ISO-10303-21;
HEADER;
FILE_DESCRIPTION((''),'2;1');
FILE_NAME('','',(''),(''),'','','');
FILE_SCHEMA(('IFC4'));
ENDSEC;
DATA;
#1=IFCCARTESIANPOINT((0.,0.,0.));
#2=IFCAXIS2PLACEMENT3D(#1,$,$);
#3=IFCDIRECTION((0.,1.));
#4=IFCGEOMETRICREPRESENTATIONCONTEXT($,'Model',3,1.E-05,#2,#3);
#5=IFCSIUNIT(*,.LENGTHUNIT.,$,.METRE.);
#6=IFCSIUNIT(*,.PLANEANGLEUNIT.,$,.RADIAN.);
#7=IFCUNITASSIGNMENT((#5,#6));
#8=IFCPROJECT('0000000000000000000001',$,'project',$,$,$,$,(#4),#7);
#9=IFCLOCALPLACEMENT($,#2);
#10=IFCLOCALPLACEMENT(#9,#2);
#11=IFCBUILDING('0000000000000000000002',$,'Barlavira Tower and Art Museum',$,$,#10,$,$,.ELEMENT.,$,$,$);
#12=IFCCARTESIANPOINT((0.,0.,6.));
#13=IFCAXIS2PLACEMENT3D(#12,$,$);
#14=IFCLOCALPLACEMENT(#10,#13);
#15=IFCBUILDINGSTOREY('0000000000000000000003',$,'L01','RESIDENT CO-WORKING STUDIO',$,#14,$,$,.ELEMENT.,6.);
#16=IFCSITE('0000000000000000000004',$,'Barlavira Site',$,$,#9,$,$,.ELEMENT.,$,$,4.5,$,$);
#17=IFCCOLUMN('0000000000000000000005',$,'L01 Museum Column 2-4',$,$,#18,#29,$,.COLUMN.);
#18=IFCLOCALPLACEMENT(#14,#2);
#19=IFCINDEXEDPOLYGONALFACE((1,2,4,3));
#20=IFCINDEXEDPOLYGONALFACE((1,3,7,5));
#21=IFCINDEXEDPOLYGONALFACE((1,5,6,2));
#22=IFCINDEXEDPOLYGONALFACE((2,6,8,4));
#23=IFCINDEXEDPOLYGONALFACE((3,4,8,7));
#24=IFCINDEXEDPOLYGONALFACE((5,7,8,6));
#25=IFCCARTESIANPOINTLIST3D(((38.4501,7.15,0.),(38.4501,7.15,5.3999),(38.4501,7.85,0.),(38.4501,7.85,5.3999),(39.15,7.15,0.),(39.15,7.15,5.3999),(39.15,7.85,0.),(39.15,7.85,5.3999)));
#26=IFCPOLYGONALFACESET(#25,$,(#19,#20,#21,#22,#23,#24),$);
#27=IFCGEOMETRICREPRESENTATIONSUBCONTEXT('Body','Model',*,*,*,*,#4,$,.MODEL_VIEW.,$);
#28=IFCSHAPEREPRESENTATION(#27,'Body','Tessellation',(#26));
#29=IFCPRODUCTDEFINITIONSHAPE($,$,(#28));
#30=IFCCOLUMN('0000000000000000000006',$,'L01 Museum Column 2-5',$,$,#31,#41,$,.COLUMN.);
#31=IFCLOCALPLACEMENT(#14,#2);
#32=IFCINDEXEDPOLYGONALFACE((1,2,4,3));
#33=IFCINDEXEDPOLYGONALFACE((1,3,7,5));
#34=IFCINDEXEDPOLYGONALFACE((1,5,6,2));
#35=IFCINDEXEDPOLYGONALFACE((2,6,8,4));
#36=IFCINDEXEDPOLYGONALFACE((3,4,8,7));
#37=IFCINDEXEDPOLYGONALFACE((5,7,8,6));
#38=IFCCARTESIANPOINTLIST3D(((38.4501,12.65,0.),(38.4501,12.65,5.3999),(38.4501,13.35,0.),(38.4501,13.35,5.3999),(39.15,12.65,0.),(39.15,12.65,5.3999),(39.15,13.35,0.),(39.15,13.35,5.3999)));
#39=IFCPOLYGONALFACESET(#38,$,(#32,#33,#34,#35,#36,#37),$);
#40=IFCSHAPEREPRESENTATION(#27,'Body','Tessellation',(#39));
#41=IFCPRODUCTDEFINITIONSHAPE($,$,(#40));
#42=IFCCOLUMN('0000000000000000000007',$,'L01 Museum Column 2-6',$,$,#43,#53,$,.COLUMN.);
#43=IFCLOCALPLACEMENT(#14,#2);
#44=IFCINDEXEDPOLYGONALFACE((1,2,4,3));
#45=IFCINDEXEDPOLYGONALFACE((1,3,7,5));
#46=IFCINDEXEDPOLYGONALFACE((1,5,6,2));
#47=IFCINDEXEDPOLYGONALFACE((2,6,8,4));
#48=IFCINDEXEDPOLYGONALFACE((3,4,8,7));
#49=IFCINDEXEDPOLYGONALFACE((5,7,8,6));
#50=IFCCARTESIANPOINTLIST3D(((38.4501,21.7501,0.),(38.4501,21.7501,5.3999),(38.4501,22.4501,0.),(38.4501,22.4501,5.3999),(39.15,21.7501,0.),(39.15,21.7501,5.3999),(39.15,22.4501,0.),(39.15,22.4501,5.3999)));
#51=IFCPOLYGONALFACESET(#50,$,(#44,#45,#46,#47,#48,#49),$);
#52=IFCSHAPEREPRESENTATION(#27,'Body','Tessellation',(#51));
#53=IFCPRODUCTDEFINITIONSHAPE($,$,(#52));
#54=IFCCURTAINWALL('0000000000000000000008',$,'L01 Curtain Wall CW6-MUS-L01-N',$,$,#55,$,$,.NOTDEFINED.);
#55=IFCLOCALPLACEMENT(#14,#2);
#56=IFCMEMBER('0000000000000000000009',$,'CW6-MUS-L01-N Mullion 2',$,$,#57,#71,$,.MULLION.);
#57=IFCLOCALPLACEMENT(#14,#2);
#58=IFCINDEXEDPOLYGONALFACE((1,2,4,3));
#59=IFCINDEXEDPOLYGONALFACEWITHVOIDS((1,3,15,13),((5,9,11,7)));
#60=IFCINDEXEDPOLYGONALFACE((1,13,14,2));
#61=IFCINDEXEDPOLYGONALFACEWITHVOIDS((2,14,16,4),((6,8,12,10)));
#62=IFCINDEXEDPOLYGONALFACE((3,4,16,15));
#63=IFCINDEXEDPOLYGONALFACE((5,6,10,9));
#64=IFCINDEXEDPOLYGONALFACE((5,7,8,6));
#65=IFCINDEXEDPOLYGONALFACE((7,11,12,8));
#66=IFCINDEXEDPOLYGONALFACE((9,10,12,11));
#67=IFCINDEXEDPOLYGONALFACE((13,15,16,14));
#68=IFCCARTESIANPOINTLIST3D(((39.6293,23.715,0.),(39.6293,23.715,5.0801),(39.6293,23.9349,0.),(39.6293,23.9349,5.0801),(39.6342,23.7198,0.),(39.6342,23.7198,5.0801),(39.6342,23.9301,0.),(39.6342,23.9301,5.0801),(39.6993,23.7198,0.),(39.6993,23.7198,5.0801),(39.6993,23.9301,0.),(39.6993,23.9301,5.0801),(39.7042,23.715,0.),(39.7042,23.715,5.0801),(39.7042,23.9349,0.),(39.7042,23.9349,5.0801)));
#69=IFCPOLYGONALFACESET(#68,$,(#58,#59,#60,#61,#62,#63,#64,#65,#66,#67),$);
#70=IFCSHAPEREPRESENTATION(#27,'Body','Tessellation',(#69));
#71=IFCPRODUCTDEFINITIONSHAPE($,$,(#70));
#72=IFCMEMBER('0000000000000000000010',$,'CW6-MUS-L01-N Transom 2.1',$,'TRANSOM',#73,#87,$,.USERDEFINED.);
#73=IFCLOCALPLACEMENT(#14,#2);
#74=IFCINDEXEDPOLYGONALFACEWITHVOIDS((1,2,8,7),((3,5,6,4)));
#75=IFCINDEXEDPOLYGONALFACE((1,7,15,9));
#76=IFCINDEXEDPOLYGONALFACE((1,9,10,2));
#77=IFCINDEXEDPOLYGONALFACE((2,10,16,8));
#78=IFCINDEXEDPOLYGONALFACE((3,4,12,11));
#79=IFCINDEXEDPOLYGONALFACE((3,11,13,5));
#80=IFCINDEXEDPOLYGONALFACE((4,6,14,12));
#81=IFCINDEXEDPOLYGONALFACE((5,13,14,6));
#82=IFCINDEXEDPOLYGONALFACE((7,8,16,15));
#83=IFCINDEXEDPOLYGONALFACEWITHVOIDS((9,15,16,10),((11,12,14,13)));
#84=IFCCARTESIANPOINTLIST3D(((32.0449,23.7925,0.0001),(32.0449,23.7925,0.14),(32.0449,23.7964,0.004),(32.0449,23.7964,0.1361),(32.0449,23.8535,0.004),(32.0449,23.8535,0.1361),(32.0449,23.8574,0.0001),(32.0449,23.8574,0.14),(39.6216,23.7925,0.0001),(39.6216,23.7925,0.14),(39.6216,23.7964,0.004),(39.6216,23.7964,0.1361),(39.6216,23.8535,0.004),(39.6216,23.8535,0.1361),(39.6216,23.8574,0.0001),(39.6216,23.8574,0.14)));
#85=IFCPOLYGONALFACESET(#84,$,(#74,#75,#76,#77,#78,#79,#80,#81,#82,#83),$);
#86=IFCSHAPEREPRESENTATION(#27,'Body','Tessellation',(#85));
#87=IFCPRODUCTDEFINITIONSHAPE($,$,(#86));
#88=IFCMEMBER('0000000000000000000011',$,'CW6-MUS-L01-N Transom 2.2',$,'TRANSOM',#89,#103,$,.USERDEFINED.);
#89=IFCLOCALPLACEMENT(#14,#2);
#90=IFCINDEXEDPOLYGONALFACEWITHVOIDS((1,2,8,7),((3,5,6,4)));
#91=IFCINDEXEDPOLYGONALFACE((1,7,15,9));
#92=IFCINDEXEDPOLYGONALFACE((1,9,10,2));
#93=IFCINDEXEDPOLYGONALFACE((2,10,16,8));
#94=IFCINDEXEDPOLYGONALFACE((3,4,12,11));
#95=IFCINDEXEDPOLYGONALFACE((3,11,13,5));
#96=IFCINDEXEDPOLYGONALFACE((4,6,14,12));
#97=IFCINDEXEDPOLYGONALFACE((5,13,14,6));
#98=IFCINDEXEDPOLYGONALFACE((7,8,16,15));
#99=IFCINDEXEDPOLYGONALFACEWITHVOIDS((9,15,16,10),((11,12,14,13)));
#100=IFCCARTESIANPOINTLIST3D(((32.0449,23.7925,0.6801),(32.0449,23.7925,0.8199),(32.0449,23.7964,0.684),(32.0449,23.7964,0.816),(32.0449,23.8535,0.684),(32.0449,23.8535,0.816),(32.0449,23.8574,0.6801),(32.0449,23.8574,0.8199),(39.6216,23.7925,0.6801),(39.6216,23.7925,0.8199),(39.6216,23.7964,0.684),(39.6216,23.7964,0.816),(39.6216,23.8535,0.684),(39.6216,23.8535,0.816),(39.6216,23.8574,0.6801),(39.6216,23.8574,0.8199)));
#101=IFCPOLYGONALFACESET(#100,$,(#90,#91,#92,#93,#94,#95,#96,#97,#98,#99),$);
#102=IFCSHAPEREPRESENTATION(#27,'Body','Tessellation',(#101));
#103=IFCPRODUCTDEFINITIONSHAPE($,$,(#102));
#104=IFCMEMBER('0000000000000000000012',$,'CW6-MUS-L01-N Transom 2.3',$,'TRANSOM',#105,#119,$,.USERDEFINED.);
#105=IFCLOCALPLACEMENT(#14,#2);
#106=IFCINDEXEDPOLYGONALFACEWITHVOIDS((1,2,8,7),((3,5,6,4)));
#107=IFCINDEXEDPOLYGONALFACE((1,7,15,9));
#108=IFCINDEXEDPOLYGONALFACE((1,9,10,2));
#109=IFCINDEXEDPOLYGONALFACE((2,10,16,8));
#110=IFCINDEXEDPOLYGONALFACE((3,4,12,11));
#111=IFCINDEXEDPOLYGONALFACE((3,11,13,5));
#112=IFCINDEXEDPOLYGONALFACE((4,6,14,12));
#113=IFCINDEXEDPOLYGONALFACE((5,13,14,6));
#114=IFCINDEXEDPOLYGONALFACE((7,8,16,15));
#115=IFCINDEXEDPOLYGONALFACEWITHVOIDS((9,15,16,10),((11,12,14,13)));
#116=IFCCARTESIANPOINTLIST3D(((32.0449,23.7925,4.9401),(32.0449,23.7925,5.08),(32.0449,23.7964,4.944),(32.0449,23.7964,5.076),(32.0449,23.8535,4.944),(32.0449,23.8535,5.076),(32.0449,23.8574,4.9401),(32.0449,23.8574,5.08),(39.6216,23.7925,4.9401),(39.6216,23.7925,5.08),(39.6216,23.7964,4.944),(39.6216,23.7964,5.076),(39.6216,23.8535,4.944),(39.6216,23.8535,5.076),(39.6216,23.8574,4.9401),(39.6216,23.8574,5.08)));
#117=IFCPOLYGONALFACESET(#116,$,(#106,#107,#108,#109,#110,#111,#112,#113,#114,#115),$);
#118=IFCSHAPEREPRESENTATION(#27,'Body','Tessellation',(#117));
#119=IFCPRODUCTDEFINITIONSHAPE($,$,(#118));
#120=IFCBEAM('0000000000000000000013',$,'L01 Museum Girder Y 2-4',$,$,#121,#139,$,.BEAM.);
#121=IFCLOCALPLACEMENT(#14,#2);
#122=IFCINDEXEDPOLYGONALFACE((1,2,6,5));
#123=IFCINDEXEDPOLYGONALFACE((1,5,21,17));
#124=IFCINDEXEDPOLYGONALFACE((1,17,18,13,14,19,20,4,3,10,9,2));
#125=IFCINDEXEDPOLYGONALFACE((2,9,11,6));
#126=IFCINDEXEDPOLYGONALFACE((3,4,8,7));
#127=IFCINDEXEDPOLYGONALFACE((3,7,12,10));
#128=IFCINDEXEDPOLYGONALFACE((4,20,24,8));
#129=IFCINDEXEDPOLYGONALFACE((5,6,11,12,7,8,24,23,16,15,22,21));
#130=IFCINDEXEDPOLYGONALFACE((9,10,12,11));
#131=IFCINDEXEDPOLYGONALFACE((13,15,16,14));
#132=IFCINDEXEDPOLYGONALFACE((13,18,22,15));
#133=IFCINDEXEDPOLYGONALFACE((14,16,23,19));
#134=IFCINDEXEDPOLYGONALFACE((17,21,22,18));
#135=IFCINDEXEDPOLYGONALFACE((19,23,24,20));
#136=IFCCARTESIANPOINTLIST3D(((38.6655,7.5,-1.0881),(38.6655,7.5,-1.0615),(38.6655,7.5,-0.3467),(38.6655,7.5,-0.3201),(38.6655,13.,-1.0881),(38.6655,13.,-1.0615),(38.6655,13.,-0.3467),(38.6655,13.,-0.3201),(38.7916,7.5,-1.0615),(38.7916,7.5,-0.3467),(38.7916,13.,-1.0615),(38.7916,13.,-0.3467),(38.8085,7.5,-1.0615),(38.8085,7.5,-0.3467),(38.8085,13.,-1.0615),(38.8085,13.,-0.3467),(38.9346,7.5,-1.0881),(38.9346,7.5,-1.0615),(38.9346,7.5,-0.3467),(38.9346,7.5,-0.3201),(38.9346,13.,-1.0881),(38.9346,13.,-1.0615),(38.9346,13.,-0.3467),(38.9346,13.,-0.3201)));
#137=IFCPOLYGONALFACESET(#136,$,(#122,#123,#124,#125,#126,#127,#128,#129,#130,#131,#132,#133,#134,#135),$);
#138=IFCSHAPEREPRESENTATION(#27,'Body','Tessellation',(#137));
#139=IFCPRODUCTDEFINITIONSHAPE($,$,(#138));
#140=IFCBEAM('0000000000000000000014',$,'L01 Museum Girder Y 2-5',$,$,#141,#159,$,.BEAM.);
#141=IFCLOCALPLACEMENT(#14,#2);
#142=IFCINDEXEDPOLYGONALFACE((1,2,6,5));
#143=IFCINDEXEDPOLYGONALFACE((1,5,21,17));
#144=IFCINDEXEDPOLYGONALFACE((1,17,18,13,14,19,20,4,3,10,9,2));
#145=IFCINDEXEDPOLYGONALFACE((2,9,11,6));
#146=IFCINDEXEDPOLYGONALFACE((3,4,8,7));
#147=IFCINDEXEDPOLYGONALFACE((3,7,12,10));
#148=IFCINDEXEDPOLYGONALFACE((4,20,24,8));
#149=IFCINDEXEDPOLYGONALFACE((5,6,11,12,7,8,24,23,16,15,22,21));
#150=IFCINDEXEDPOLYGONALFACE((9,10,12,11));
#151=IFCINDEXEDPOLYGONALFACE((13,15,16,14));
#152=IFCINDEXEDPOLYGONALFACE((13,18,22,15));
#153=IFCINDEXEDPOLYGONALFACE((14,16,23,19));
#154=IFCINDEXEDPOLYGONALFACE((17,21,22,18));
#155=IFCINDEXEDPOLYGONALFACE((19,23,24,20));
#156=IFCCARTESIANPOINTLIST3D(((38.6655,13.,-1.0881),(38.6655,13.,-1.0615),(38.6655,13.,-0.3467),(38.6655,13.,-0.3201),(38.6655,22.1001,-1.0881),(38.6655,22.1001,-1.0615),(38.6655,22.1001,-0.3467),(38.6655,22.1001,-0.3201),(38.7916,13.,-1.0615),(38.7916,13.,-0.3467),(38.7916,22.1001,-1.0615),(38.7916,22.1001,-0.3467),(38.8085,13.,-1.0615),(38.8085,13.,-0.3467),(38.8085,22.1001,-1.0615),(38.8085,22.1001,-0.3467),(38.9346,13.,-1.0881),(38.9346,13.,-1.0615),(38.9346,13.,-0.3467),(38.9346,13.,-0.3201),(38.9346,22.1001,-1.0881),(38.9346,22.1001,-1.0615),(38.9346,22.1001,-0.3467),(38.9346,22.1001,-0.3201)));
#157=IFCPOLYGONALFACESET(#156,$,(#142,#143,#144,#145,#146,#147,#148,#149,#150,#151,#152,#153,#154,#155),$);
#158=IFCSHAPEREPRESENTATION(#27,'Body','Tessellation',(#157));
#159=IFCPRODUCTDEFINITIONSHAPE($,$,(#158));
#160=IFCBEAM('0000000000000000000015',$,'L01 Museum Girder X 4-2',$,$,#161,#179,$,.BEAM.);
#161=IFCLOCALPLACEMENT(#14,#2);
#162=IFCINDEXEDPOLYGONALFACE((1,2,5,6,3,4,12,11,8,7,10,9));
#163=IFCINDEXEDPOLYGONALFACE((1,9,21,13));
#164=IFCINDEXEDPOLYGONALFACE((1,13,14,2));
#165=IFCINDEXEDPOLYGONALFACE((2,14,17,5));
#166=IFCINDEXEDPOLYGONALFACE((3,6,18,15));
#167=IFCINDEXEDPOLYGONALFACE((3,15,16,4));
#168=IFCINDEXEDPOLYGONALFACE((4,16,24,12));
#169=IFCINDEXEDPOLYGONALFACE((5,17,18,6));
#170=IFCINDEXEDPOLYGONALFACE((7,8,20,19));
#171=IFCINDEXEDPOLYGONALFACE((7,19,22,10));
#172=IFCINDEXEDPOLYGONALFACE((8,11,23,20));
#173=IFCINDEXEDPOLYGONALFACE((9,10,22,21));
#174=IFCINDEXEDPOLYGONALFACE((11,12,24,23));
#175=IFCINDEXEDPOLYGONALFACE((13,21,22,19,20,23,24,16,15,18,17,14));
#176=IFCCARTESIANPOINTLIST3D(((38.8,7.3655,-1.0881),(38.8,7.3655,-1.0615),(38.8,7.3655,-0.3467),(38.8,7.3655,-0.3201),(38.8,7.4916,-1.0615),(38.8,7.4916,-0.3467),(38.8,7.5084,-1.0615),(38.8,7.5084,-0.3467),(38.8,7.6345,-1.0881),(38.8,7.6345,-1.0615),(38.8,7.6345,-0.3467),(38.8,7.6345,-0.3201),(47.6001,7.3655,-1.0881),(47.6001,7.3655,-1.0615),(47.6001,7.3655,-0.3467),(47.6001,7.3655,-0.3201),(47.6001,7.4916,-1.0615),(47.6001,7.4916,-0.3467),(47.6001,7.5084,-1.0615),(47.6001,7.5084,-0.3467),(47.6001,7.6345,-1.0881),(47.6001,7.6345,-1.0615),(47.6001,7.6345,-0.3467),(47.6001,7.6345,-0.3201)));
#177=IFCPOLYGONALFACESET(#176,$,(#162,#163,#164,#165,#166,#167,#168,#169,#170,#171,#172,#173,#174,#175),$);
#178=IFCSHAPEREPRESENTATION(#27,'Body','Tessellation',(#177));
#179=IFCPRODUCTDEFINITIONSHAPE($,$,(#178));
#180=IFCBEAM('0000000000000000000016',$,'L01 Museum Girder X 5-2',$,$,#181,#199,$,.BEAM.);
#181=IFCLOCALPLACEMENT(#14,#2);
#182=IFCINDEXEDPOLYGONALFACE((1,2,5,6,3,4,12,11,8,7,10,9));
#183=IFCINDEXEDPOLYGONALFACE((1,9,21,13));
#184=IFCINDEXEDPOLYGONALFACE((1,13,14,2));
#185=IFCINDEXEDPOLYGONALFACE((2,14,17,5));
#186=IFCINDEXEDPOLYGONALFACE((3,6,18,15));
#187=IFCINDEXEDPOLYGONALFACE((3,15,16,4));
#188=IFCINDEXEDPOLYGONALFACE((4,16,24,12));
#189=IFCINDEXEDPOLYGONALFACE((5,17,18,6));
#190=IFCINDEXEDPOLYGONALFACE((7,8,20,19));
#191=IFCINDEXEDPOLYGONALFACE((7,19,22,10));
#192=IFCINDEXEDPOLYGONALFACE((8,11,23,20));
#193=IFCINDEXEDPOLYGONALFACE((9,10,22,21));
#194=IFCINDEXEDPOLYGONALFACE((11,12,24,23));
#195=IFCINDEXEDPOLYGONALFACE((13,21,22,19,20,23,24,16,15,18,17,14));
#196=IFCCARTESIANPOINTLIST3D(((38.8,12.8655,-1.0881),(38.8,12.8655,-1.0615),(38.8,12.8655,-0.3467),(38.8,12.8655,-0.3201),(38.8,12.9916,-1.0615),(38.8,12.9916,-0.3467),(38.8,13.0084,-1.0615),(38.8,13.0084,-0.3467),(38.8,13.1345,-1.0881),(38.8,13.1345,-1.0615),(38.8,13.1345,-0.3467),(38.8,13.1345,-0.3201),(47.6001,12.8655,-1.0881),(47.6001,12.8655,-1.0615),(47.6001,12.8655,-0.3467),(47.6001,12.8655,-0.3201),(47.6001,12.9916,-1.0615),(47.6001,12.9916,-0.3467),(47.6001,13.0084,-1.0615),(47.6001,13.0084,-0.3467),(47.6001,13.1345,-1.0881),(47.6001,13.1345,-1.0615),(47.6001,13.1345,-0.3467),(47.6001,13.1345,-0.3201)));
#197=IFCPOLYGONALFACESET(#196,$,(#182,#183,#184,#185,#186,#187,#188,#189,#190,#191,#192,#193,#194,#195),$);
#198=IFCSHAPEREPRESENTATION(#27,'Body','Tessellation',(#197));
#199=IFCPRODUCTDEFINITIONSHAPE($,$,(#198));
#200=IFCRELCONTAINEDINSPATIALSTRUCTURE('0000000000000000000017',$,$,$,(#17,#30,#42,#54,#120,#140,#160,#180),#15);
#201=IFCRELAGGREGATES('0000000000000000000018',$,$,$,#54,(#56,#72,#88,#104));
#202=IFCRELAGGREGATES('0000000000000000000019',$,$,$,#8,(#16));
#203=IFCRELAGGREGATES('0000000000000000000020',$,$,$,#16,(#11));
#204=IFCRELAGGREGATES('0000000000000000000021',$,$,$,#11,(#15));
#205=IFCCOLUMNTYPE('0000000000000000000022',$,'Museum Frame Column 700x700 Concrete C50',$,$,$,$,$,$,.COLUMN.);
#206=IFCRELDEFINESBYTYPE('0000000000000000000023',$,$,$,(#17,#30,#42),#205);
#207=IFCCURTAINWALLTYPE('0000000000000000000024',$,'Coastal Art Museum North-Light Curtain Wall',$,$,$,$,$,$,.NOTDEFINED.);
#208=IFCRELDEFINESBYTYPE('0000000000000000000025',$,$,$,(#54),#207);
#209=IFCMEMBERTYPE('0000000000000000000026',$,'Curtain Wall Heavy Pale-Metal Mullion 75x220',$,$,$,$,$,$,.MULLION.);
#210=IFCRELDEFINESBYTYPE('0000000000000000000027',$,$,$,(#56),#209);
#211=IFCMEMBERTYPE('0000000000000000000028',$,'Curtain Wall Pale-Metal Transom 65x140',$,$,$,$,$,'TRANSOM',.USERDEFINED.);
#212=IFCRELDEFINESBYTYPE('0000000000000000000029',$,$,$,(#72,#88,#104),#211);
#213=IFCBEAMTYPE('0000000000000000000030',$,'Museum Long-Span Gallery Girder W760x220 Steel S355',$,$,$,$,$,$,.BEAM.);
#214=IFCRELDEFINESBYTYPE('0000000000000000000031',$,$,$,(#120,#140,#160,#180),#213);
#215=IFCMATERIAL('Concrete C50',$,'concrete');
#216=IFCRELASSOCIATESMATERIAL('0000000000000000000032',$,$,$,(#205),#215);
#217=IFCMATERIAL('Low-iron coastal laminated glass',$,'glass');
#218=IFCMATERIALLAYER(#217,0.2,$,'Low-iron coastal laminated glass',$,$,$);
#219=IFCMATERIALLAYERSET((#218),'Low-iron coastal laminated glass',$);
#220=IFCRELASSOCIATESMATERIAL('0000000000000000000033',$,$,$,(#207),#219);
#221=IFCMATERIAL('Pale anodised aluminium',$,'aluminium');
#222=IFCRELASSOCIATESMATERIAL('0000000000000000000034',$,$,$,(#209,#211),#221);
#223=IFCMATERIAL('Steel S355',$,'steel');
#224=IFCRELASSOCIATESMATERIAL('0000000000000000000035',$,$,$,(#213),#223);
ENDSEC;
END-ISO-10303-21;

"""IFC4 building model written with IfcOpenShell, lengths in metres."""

from ifc_helpers import new_model, si_unit, direction, frame, origin, origin_2d, place, context, subcontext, project, spatial, rectangle, hollow_rectangle, i_section, extrude, material, layer, layer_set, material_profile, profile_set, type_object, element, aggregate, save


model = new_model("IFC4")

# Units and contexts
model_context = context("Model", 3, precision=1e-05, world=origin(), true_north=direction((0.0, 1.0)))
body_context = subcontext(model_context, "Body", "Model", "MODEL_VIEW")
ifc_project = project(units=[si_unit("LENGTHUNIT", "METRE"), si_unit("PLANEANGLEUNIT", "RADIAN")], contexts=[model_context])

# Site, building, storey
site_placement = place(None, origin())
site = spatial("IfcSite", under=ifc_project, at=site_placement, Name="Barlavira Site", CompositionType="ELEMENT", RefElevation=4.5)
building_placement = place(site_placement, origin())
building = spatial("IfcBuilding", under=site, at=building_placement, Name="Barlavira Tower and Art Museum", CompositionType="ELEMENT")
storey_placement = place(building_placement, frame((0.0, 0.0, 6.0)))
storey = spatial("IfcBuildingStorey", under=building, at=storey_placement, Name="L01", Description="RESIDENT CO-WORKING STUDIO", CompositionType="ELEMENT", Elevation=6.0)

# Columns
ifc_material_1 = material(Name="Concrete C50", Category="concrete")
ifc_material_profile_1 = material_profile(ifc_material_1, rectangle(XDim=0.7, YDim=0.7, at=origin_2d()), Name="RC-COL 700x700")
ifc_profile_set_1 = profile_set([ifc_material_profile_1], Name="Concrete C50")
column_type = type_object("IfcColumnType", Name="Museum Frame Column 700x700 Concrete C50", PredefinedType="COLUMN", material=ifc_profile_set_1)
for number, where, z_axis, x_axis, name in (
    (1, (38.8, 7.5, 0.0), (0.0, 0.0, 1.0), (1.0, 0.0, 0.0), "L01 Museum Column 2-4"),
    (2, (38.8, 13.0, 0.0), (0.0, 0.0, 1.0), (1.0, 0.0, 0.0), "L01 Museum Column 2-5"),
    (3, (38.8, 22.1001, 0.0), (0.0, 0.0, 1.0), (1.0, 0.0, 0.0), "L01 Museum Column 2-6"),
):
    element("IfcColumn", number, at=place(storey_placement, frame(where, z_axis=z_axis, x_axis=x_axis)), inside=storey, type_object=column_type, Name=name, PredefinedType="COLUMN", context=body_context, shape_type="SweptSolid", body=[
        extrude(rectangle(XDim=0.7, YDim=0.7, at=origin_2d()), origin(), (0.0, 0.0, 1.0), 5.3999),
    ])

# Curtain wall, members
ifc_material_2 = material(Name="Low-iron coastal laminated glass", Category="glass")
ifc_layer_1 = layer(ifc_material_2, 0.2, Name="Low-iron coastal laminated glass")
ifc_layer_set_1 = layer_set([ifc_layer_1], Name="Low-iron coastal laminated glass")
curtain_wall_type = type_object("IfcCurtainWallType", Name="Coastal Art Museum North-Light Curtain Wall", PredefinedType="NOTDEFINED", material=ifc_layer_set_1)
curtain_wall_placement = place(storey_placement, origin())
curtain_wall = element("IfcCurtainWall", 4, at=curtain_wall_placement, inside=storey, type_object=curtain_wall_type, Name="L01 Curtain Wall CW6-MUS-L01-N", PredefinedType="NOTDEFINED")
ifc_material_3 = material(Name="Pale anodised aluminium", Category="aluminium")
ifc_material_profile_2 = material_profile(ifc_material_3, hollow_rectangle(XDim=0.075, YDim=0.22, WallThickness=0.0049, at=origin_2d()), Name="ALU-MULL 75x220x5")
ifc_profile_set_2 = profile_set([ifc_material_profile_2], Name="Pale anodised aluminium")
member_type_1 = type_object("IfcMemberType", Name="Curtain Wall Heavy Pale-Metal Mullion 75x220", PredefinedType="MULLION", material=ifc_profile_set_2)
member_1_placement = place(storey_placement, frame((39.6667, 23.825, 0.0), z_axis=(0.0, 0.0, 1.0), x_axis=(-1.0, 0.0, 0.0)))
member_1 = element("IfcMember", 5, at=member_1_placement, type_object=member_type_1, Name="CW6-MUS-L01-N Mullion 2", PredefinedType="MULLION", context=body_context, shape_type="SweptSolid", body=[
    extrude(hollow_rectangle(XDim=0.075, YDim=0.22, WallThickness=0.0049, at=origin_2d()), origin(), (0.0, 0.0, 1.0), 5.0801),
])
ifc_material_profile_3 = material_profile(ifc_material_3, hollow_rectangle(XDim=0.0649, YDim=0.1399, WallThickness=0.0039, at=origin_2d()), Name="ALU-TRAN 65x140x4")
ifc_profile_set_3 = profile_set([ifc_material_profile_3], Name="Pale anodised aluminium")
member_type_2 = type_object("IfcMemberType", Name="Curtain Wall Pale-Metal Transom 65x140", ElementType="TRANSOM", PredefinedType="USERDEFINED", material=ifc_profile_set_3)
member_2_placement = place(storey_placement, frame((39.6216, 23.825, 0.0701), z_axis=(-1.0, 0.0, 0.0), x_axis=(0.0, -1.0, 0.0)))
member_2 = element("IfcMember", 6, at=member_2_placement, type_object=member_type_2, Name="CW6-MUS-L01-N Transom 2.1", ObjectType="TRANSOM", PredefinedType="USERDEFINED", context=body_context, shape_type="SweptSolid", body=[
    extrude(hollow_rectangle(XDim=0.0649, YDim=0.1399, WallThickness=0.0039, at=origin_2d()), origin(), (0.0, 0.0, 1.0), 7.5767),
])
member_3_placement = place(storey_placement, frame((39.6216, 23.825, 0.75), z_axis=(-1.0, 0.0, 0.0), x_axis=(0.0, -1.0, 0.0)))
member_3 = element("IfcMember", 7, at=member_3_placement, type_object=member_type_2, Name="CW6-MUS-L01-N Transom 2.2", ObjectType="TRANSOM", PredefinedType="USERDEFINED", context=body_context, shape_type="SweptSolid", body=[
    extrude(hollow_rectangle(XDim=0.0649, YDim=0.1399, WallThickness=0.0039, at=origin_2d()), origin(), (0.0, 0.0, 1.0), 7.5767),
])
member_4_placement = place(storey_placement, frame((39.6216, 23.825, 5.01), z_axis=(-1.0, 0.0, 0.0), x_axis=(0.0, -1.0, 0.0)))
member_4 = element("IfcMember", 8, at=member_4_placement, type_object=member_type_2, Name="CW6-MUS-L01-N Transom 2.3", ObjectType="TRANSOM", PredefinedType="USERDEFINED", context=body_context, shape_type="SweptSolid", body=[
    extrude(hollow_rectangle(XDim=0.0649, YDim=0.1399, WallThickness=0.0039, at=origin_2d()), origin(), (0.0, 0.0, 1.0), 7.5767),
])

# Beams
ifc_material_4 = material(Name="Steel S355", Category="steel")
ifc_material_profile_4 = material_profile(ifc_material_4, i_section(OverallWidth=0.269, OverallDepth=0.7681, WebThickness=0.0168, FlangeThickness=0.0266, at=origin_2d()), Name="W760x220.0")
ifc_profile_set_4 = profile_set([ifc_material_profile_4], Name="Steel S355")
beam_type = type_object("IfcBeamType", Name="Museum Long-Span Gallery Girder W760x220 Steel S355", PredefinedType="BEAM", material=ifc_profile_set_4)
beam_1_placement = place(storey_placement, frame((38.8, 7.5, -0.7041), z_axis=(0.0, 1.0, 0.0), x_axis=(-1.0, 0.0, 0.0)))
element("IfcBeam", 9, at=beam_1_placement, inside=storey, type_object=beam_type, Name="L01 Museum Girder Y 2-4", PredefinedType="BEAM", context=body_context, shape_type="SweptSolid", body=[
    extrude(i_section(OverallWidth=0.269, OverallDepth=0.7681, WebThickness=0.0168, FlangeThickness=0.0266, at=origin_2d()), origin(), (0.0, 0.0, 1.0), 5.5),
])
beam_2_placement = place(storey_placement, frame((38.8, 13.0, -0.7041), z_axis=(0.0, 1.0, 0.0), x_axis=(-1.0, 0.0, 0.0)))
element("IfcBeam", 10, at=beam_2_placement, inside=storey, type_object=beam_type, Name="L01 Museum Girder Y 2-5", PredefinedType="BEAM", context=body_context, shape_type="SweptSolid", body=[
    extrude(i_section(OverallWidth=0.269, OverallDepth=0.7681, WebThickness=0.0168, FlangeThickness=0.0266, at=origin_2d()), origin(), (0.0, 0.0, 1.0), 9.1001),
])
for number, where, z_axis, x_axis, name in (
    (11, (38.8, 7.5, -0.7041), (1.0, 0.0, 0.0), (0.0, 1.0, 0.0), "L01 Museum Girder X 4-2"),
    (12, (38.8, 13.0, -0.7041), (1.0, 0.0, 0.0), (0.0, 1.0, 0.0), "L01 Museum Girder X 5-2"),
):
    element("IfcBeam", number, at=place(storey_placement, frame(where, z_axis=z_axis, x_axis=x_axis)), inside=storey, type_object=beam_type, Name=name, PredefinedType="BEAM", context=body_context, shape_type="SweptSolid", body=[
        extrude(i_section(OverallWidth=0.269, OverallDepth=0.7681, WebThickness=0.0168, FlangeThickness=0.0266, at=origin_2d()), origin(), (0.0, 0.0, 1.0), 8.8),
    ])

aggregate(curtain_wall, [member_1, member_2, member_3, member_4])

save(model, "model.ifc")
